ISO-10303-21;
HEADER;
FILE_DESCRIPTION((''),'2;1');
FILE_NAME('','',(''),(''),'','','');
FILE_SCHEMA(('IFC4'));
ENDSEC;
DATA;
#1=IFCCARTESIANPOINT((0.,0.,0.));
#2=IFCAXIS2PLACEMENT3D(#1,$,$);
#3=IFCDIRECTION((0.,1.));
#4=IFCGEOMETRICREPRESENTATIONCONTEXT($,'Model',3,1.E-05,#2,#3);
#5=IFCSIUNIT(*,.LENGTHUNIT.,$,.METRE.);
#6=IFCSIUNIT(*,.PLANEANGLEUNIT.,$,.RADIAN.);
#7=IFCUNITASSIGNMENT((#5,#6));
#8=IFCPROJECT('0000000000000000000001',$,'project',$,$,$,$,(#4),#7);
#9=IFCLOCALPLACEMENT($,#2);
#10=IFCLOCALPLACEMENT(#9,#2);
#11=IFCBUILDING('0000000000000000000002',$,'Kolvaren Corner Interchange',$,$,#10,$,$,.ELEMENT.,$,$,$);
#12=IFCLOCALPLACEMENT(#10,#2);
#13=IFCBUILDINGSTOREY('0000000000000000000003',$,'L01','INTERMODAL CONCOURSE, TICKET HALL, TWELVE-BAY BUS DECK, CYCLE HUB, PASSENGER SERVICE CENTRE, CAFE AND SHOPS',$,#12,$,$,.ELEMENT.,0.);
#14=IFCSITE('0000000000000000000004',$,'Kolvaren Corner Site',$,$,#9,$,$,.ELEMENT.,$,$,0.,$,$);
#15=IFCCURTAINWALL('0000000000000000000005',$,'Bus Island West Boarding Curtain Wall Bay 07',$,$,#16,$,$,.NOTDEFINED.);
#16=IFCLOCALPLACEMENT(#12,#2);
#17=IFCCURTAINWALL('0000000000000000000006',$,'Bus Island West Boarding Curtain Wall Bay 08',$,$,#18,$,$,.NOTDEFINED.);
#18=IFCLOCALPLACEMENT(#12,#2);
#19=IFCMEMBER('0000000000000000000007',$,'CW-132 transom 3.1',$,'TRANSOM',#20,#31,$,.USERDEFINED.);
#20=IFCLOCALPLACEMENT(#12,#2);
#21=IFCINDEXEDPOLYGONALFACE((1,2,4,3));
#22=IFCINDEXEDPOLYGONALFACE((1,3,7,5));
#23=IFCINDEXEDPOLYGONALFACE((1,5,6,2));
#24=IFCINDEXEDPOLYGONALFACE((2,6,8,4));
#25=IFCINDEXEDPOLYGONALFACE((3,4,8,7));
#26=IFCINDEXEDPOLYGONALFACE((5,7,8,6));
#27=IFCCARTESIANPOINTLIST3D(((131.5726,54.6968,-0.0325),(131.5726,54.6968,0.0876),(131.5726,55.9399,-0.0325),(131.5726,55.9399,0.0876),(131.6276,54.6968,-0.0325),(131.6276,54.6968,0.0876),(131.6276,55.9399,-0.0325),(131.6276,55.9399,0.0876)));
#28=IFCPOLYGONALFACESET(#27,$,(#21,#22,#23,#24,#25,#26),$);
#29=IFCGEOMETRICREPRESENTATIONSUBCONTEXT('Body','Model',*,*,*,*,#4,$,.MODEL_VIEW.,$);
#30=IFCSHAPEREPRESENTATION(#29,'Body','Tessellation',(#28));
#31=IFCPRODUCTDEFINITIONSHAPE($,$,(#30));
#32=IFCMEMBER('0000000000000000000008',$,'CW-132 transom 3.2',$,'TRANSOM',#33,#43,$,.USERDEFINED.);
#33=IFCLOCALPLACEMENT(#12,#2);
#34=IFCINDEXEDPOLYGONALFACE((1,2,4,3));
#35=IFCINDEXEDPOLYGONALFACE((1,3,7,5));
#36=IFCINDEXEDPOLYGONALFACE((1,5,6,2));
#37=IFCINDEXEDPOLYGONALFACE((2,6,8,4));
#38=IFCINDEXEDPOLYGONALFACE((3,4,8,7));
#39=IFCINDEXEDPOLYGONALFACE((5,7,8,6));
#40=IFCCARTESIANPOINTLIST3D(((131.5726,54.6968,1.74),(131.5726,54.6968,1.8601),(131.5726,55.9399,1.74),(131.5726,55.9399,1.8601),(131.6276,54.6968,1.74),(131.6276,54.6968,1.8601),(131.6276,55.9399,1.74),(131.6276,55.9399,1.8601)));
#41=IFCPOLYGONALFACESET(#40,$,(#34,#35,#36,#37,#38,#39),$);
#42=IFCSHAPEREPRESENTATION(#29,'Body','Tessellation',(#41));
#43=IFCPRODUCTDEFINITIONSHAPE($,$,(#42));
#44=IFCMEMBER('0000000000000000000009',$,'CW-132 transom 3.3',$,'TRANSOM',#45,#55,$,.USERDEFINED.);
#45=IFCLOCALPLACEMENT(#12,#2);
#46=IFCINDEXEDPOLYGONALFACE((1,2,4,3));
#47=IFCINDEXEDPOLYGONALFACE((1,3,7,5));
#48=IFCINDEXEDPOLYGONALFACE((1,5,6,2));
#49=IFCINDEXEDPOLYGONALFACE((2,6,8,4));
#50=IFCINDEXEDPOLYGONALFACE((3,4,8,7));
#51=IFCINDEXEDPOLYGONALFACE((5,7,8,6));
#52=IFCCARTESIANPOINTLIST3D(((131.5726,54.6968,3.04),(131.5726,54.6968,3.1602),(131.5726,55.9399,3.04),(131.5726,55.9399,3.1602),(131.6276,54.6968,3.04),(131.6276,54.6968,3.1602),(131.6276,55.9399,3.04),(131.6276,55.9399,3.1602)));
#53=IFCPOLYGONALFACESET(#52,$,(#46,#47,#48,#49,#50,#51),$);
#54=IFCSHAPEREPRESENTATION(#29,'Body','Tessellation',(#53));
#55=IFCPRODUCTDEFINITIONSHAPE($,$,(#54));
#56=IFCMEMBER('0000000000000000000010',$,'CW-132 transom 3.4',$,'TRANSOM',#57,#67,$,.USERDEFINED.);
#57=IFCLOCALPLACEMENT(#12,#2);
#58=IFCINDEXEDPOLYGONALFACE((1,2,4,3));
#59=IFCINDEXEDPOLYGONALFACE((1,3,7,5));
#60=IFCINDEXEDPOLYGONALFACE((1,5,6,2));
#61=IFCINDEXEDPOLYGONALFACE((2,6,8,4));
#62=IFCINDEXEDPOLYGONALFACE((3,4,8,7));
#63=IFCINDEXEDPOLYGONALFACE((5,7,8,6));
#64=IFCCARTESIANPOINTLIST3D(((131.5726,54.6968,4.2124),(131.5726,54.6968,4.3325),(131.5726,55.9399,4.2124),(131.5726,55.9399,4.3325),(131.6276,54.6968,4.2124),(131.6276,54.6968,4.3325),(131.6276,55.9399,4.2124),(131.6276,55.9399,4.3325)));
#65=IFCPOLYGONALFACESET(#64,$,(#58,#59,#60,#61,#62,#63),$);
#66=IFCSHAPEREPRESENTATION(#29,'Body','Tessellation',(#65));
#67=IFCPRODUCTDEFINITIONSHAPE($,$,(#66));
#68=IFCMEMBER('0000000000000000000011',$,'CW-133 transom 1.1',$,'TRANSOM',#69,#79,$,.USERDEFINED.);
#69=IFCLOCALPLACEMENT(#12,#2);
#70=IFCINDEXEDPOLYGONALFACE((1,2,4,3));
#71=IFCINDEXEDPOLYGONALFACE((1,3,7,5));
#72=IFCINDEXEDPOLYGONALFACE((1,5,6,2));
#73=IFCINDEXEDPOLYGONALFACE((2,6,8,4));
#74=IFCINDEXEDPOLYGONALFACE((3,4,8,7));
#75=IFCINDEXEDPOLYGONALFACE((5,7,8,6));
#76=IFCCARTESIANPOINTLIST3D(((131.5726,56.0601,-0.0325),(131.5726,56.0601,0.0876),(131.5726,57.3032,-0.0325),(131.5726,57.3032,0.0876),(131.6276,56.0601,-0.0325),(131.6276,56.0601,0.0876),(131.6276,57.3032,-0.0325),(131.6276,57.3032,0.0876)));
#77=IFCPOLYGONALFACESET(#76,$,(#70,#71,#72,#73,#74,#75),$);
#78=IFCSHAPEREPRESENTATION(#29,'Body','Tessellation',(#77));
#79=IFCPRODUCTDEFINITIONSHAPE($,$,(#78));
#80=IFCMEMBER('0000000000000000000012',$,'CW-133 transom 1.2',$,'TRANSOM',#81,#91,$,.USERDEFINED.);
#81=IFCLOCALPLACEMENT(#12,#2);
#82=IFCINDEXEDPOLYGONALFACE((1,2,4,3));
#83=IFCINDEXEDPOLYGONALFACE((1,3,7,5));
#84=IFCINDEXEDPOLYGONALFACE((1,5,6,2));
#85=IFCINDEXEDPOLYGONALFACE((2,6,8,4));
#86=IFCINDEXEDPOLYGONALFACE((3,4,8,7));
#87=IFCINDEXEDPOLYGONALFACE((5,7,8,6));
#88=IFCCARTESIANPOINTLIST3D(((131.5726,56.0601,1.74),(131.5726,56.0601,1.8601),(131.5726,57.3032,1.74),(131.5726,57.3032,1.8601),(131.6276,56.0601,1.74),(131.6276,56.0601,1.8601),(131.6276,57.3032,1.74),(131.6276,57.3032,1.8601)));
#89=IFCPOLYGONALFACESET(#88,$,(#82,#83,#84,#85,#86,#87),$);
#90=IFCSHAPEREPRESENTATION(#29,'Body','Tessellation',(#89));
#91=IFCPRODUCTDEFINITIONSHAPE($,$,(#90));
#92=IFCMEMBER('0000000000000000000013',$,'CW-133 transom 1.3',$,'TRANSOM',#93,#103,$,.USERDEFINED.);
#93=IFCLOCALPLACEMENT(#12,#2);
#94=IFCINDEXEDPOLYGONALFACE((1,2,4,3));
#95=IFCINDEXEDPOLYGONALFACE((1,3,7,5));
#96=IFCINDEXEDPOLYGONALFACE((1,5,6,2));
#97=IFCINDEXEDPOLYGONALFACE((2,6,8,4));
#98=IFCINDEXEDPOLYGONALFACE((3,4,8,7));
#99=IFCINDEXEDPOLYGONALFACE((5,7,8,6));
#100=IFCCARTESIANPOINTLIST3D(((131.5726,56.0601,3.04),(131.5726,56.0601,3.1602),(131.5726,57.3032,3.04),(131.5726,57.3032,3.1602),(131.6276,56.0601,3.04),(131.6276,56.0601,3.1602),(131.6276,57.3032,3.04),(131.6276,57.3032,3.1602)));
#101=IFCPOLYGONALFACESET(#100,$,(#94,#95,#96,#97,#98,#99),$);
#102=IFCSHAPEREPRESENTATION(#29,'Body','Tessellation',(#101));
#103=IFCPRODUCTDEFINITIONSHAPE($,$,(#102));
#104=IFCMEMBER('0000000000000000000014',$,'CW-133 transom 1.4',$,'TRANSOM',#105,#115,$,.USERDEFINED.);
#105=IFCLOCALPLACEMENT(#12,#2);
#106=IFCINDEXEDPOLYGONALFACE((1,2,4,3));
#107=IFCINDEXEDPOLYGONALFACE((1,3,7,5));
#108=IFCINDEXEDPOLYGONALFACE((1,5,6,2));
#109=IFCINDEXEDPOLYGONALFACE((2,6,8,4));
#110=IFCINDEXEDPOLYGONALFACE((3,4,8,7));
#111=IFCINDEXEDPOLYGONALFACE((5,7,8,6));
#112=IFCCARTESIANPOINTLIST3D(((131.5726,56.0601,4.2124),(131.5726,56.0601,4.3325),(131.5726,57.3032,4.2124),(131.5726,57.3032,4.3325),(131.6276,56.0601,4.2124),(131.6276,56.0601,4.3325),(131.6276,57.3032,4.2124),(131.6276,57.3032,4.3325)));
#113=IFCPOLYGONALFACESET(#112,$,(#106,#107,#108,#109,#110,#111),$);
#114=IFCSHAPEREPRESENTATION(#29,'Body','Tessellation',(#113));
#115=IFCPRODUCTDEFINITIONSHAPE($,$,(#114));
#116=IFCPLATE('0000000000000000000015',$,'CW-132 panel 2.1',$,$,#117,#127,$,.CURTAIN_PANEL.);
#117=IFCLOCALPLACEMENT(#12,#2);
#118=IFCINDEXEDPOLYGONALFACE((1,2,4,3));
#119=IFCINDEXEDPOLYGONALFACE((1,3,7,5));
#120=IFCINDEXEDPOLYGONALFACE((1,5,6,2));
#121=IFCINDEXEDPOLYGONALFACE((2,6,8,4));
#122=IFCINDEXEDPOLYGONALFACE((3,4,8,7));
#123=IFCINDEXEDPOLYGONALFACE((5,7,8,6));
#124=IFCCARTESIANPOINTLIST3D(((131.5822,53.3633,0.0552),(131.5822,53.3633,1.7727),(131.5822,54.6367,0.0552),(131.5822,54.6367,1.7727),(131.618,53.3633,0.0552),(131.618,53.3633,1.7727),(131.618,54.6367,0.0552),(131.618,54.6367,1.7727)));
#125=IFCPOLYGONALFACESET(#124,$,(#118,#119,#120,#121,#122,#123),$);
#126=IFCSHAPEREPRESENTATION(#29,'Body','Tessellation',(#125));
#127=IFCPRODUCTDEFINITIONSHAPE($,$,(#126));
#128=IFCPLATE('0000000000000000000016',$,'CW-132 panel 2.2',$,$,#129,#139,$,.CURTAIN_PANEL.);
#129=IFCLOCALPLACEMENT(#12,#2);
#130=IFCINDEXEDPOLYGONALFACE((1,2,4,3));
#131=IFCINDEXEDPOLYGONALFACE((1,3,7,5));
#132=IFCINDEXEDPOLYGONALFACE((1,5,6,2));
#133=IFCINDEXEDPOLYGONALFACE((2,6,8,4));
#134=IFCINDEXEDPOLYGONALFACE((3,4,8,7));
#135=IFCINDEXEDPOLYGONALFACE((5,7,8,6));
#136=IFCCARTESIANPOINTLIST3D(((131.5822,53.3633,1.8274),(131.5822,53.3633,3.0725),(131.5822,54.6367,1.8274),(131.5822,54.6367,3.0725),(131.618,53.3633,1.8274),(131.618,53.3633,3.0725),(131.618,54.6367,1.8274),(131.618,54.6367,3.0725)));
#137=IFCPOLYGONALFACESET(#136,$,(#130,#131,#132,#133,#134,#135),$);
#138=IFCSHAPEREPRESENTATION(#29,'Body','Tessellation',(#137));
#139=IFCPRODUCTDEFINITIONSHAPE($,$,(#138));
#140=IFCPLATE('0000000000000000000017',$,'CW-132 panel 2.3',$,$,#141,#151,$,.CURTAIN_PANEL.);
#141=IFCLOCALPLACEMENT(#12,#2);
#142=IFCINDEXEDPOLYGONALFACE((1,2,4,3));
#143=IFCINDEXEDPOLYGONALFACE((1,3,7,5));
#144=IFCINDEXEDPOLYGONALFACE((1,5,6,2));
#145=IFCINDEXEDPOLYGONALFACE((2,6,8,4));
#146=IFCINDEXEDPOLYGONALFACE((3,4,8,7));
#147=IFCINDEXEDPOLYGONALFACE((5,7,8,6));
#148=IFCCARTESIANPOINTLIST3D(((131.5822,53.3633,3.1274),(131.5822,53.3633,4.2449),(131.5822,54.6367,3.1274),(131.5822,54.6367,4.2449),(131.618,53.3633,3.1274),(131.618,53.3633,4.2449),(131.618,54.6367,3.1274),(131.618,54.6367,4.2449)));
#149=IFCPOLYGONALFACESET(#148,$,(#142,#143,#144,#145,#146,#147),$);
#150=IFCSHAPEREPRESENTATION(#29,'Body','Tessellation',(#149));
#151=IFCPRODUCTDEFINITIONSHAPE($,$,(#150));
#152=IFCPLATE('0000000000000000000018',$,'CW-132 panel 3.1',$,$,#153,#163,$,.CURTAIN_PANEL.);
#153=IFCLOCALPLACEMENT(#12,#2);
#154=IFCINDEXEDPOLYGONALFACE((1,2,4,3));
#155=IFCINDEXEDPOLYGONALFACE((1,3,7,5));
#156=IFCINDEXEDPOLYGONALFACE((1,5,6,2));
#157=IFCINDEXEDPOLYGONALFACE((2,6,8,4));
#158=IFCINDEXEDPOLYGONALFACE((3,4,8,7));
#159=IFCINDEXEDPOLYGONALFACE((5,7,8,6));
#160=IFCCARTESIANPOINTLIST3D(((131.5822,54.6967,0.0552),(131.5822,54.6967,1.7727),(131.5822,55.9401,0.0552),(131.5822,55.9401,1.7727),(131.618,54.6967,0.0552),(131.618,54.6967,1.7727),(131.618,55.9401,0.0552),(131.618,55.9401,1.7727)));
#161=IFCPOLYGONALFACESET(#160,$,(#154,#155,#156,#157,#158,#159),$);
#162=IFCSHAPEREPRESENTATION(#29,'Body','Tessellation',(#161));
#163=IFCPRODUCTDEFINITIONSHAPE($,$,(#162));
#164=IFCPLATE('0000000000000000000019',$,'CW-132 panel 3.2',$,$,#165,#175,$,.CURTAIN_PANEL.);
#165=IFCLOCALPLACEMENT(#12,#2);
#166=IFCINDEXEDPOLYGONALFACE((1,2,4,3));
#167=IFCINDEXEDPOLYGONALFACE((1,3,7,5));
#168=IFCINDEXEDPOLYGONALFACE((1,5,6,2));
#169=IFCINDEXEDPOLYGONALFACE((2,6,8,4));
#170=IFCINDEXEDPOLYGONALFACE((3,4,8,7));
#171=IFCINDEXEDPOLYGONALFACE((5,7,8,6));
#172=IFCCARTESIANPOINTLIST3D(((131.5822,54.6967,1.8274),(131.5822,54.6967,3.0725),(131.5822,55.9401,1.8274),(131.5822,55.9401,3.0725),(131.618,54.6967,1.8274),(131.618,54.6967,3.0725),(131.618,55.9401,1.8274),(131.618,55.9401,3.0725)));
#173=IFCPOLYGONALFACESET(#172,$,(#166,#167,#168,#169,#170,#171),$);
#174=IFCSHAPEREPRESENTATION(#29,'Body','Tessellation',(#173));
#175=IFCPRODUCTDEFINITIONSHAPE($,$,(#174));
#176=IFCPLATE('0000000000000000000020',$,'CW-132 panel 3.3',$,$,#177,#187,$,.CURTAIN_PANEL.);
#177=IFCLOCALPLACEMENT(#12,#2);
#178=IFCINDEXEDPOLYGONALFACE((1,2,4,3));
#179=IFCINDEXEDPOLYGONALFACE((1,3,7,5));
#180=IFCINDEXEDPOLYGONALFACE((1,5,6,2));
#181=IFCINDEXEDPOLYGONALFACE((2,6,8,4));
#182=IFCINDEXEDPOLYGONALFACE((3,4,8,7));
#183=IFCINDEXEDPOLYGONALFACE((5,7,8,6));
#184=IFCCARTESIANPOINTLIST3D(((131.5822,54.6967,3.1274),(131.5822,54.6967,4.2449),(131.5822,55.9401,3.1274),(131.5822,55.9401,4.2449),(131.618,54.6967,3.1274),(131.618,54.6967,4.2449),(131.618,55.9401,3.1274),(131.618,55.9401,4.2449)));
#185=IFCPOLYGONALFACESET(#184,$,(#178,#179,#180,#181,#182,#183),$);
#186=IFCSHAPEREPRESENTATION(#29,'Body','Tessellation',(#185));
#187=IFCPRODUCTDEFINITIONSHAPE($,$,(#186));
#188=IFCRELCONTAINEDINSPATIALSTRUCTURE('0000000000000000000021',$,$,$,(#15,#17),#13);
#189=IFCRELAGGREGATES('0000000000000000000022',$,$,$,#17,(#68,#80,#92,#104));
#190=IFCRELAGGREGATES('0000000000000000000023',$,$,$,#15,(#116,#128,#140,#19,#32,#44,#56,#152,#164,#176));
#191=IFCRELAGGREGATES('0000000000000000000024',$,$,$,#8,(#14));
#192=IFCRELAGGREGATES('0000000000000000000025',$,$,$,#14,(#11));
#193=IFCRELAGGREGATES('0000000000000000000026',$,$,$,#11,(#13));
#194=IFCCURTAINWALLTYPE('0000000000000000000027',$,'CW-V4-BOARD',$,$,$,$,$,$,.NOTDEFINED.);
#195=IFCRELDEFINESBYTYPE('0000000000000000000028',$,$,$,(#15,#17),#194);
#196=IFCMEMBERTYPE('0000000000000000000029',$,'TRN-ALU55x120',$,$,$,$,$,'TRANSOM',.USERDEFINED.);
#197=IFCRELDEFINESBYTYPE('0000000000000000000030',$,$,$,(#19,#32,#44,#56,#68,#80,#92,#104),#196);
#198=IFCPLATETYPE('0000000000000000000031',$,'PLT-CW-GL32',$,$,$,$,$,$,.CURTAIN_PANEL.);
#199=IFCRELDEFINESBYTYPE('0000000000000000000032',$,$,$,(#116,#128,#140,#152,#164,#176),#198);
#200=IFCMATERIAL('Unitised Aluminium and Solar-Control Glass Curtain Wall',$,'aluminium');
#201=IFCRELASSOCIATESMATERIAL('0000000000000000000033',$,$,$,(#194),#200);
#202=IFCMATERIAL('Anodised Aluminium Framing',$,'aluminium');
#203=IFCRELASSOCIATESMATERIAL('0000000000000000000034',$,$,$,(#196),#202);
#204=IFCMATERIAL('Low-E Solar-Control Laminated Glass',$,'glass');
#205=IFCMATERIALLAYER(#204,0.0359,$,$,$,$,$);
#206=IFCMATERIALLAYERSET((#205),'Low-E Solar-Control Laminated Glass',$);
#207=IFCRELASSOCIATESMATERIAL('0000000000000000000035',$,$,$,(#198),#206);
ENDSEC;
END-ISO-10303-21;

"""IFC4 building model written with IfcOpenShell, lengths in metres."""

from ifc_helpers import new_model, si_unit, direction, frame, origin, origin_2d, place, context, subcontext, project, spatial, rectangle, extrude, material, layer, layer_set, material_profile, profile_set, type_object, element, aggregate, save


model = new_model("IFC4")

# Units and contexts
model_context = context("Model", 3, precision=1e-05, world=origin(), true_north=direction((0.0, 1.0)))
body_context = subcontext(model_context, "Body", "Model", "MODEL_VIEW")
ifc_project = project(units=[si_unit("LENGTHUNIT", "METRE"), si_unit("PLANEANGLEUNIT", "RADIAN")], contexts=[model_context])

# Site, building, storey
site_placement = place(None, origin())
site = spatial("IfcSite", under=ifc_project, at=site_placement, Name="Kolvaren Corner Site", CompositionType="ELEMENT", RefElevation=0.0)
building_placement = place(site_placement, origin())
building = spatial("IfcBuilding", under=site, at=building_placement, Name="Kolvaren Corner Interchange", CompositionType="ELEMENT")
storey_placement = place(building_placement, origin())
storey = spatial("IfcBuildingStorey", under=building, at=storey_placement, Name="L01", Description="INTERMODAL CONCOURSE, TICKET HALL, TWELVE-BAY BUS DECK, CYCLE HUB, PASSENGER SERVICE CENTRE, CAFE AND SHOPS", CompositionType="ELEMENT", Elevation=0.0)

# Curtain wall
ifc_material_1 = material(Name="Unitised Aluminium and Solar-Control Glass Curtain Wall", Category="aluminium")
curtain_wall_type = type_object("IfcCurtainWallType", Name="CW-V4-BOARD", PredefinedType="NOTDEFINED", material=ifc_material_1)
curtain_wall_1_placement = place(storey_placement, origin())
curtain_wall_1 = element("IfcCurtainWall", 1, at=curtain_wall_1_placement, inside=storey, type_object=curtain_wall_type, Name="Bus Island West Boarding Curtain Wall Bay 07", PredefinedType="NOTDEFINED")

# Curtain wall
curtain_wall_2_placement = place(storey_placement, origin())
curtain_wall_2 = element("IfcCurtainWall", 2, at=curtain_wall_2_placement, inside=storey, type_object=curtain_wall_type, Name="Bus Island West Boarding Curtain Wall Bay 08", PredefinedType="NOTDEFINED")

# Members
ifc_material_2 = material(Name="Anodised Aluminium Framing", Category="aluminium")
ifc_material_profile_1 = material_profile(ifc_material_2, rectangle(XDim=0.0549, YDim=0.1201, at=origin_2d()), Name="ALU 55x120")
ifc_profile_set_1 = profile_set([ifc_material_profile_1], Name="Anodised Aluminium Framing")
member_type_1 = type_object("IfcMemberType", Name="TRN-ALU55x120", ElementType="TRANSOM", PredefinedType="USERDEFINED", material=ifc_profile_set_1)
member_1_placement = place(storey_placement, frame((131.6001, 54.6968, 0.0276), z_axis=(0.0, 1.0, 0.0), x_axis=(-1.0, 0.0, 0.0)))
member_1 = element("IfcMember", 3, at=member_1_placement, type_object=member_type_1, Name="CW-132 transom 3.1", ObjectType="TRANSOM", PredefinedType="USERDEFINED", context=body_context, shape_type="SweptSolid", body=[
    extrude(rectangle(XDim=0.0549, YDim=0.1201, at=origin_2d()), origin(), (0.0, 0.0, 1.0), 1.2432),
])
member_2_placement = place(storey_placement, frame((131.6001, 54.6968, 1.8), z_axis=(0.0, 1.0, 0.0), x_axis=(-1.0, 0.0, 0.0)))
member_2 = element("IfcMember", 4, at=member_2_placement, type_object=member_type_1, Name="CW-132 transom 3.2", ObjectType="TRANSOM", PredefinedType="USERDEFINED", context=body_context, shape_type="SweptSolid", body=[
    extrude(rectangle(XDim=0.0549, YDim=0.1201, at=origin_2d()), origin(), (0.0, 0.0, 1.0), 1.2432),
])
member_3_placement = place(storey_placement, frame((131.6001, 54.6968, 3.1001), z_axis=(0.0, 1.0, 0.0), x_axis=(-1.0, 0.0, 0.0)))
member_3 = element("IfcMember", 5, at=member_3_placement, type_object=member_type_1, Name="CW-132 transom 3.3", ObjectType="TRANSOM", PredefinedType="USERDEFINED", context=body_context, shape_type="SweptSolid", body=[
    extrude(rectangle(XDim=0.0549, YDim=0.1201, at=origin_2d()), origin(), (0.0, 0.0, 1.0), 1.2432),
])
member_4_placement = place(storey_placement, frame((131.6001, 54.6968, 4.2725), z_axis=(0.0, 1.0, 0.0), x_axis=(-1.0, 0.0, 0.0)))
member_4 = element("IfcMember", 6, at=member_4_placement, type_object=member_type_1, Name="CW-132 transom 3.4", ObjectType="TRANSOM", PredefinedType="USERDEFINED", context=body_context, shape_type="SweptSolid", body=[
    extrude(rectangle(XDim=0.0549, YDim=0.1201, at=origin_2d()), origin(), (0.0, 0.0, 1.0), 1.2432),
])
member_5_placement = place(storey_placement, frame((131.6001, 56.0601, 0.0276), z_axis=(0.0, 1.0, 0.0), x_axis=(-1.0, 0.0, 0.0)))
member_5 = element("IfcMember", 7, at=member_5_placement, type_object=member_type_1, Name="CW-133 transom 1.1", ObjectType="TRANSOM", PredefinedType="USERDEFINED", context=body_context, shape_type="SweptSolid", body=[
    extrude(rectangle(XDim=0.0549, YDim=0.1201, at=origin_2d()), origin(), (0.0, 0.0, 1.0), 1.2432),
])
member_6_placement = place(storey_placement, frame((131.6001, 56.0601, 1.8), z_axis=(0.0, 1.0, 0.0), x_axis=(-1.0, 0.0, 0.0)))
member_6 = element("IfcMember", 8, at=member_6_placement, type_object=member_type_1, Name="CW-133 transom 1.2", ObjectType="TRANSOM", PredefinedType="USERDEFINED", context=body_context, shape_type="SweptSolid", body=[
    extrude(rectangle(XDim=0.0549, YDim=0.1201, at=origin_2d()), origin(), (0.0, 0.0, 1.0), 1.2432),
])
member_7_placement = place(storey_placement, frame((131.6001, 56.0601, 3.1001), z_axis=(0.0, 1.0, 0.0), x_axis=(-1.0, 0.0, 0.0)))
member_7 = element("IfcMember", 9, at=member_7_placement, type_object=member_type_1, Name="CW-133 transom 1.3", ObjectType="TRANSOM", PredefinedType="USERDEFINED", context=body_context, shape_type="SweptSolid", body=[
    extrude(rectangle(XDim=0.0549, YDim=0.1201, at=origin_2d()), origin(), (0.0, 0.0, 1.0), 1.2432),
])
member_8_placement = place(storey_placement, frame((131.6001, 56.0601, 4.2725), z_axis=(0.0, 1.0, 0.0), x_axis=(-1.0, 0.0, 0.0)))
member_8 = element("IfcMember", 10, at=member_8_placement, type_object=member_type_1, Name="CW-133 transom 1.4", ObjectType="TRANSOM", PredefinedType="USERDEFINED", context=body_context, shape_type="SweptSolid", body=[
    extrude(rectangle(XDim=0.0549, YDim=0.1201, at=origin_2d()), origin(), (0.0, 0.0, 1.0), 1.2432),
])
aggregate(curtain_wall_2, [member_5, member_6, member_7, member_8])

# Plates
ifc_material_3 = material(Name="Low-E Solar-Control Laminated Glass", Category="glass")
ifc_layer_1 = layer(ifc_material_3, 0.0359)
ifc_layer_set_1 = layer_set([ifc_layer_1], Name="Low-E Solar-Control Laminated Glass")
plate_type = type_object("IfcPlateType", Name="PLT-CW-GL32", PredefinedType="CURTAIN_PANEL", material=ifc_layer_set_1)
plate_1_placement = place(storey_placement, frame((131.6001, 54.0, 0.0552), z_axis=(0.0, 0.0, 1.0), x_axis=(0.0, 1.0, 0.0)))
plate_1 = element("IfcPlate", 11, at=plate_1_placement, type_object=plate_type, Name="CW-132 panel 2.1", PredefinedType="CURTAIN_PANEL", context=body_context, shape_type="SweptSolid", body=[
    extrude(rectangle(XDim=1.2734, YDim=0.0359, at=origin_2d()), origin(), (0.0, 0.0, 1.0), 1.7175),
])
plate_2_placement = place(storey_placement, frame((131.6001, 54.0, 1.8274), z_axis=(0.0, 0.0, 1.0), x_axis=(0.0, 1.0, 0.0)))
plate_2 = element("IfcPlate", 12, at=plate_2_placement, type_object=plate_type, Name="CW-132 panel 2.2", PredefinedType="CURTAIN_PANEL", context=body_context, shape_type="SweptSolid", body=[
    extrude(rectangle(XDim=1.2734, YDim=0.0359, at=origin_2d()), origin(), (0.0, 0.0, 1.0), 1.2451),
])
plate_3_placement = place(storey_placement, frame((131.6001, 54.0, 3.1274), z_axis=(0.0, 0.0, 1.0), x_axis=(0.0, 1.0, 0.0)))
plate_3 = element("IfcPlate", 13, at=plate_3_placement, type_object=plate_type, Name="CW-132 panel 2.3", PredefinedType="CURTAIN_PANEL", context=body_context, shape_type="SweptSolid", body=[
    extrude(rectangle(XDim=1.2734, YDim=0.0359, at=origin_2d()), origin(), (0.0, 0.0, 1.0), 1.1174),
])
plate_4_placement = place(storey_placement, frame((131.6001, 55.3184, 0.0552), z_axis=(0.0, 0.0, 1.0), x_axis=(0.0, 1.0, 0.0)))
plate_4 = element("IfcPlate", 14, at=plate_4_placement, type_object=plate_type, Name="CW-132 panel 3.1", PredefinedType="CURTAIN_PANEL", context=body_context, shape_type="SweptSolid", body=[
    extrude(rectangle(XDim=1.2434, YDim=0.0359, at=origin_2d()), origin(), (0.0, 0.0, 1.0), 1.7175),
])
plate_5_placement = place(storey_placement, frame((131.6001, 55.3184, 1.8274), z_axis=(0.0, 0.0, 1.0), x_axis=(0.0, 1.0, 0.0)))
plate_5 = element("IfcPlate", 15, at=plate_5_placement, type_object=plate_type, Name="CW-132 panel 3.2", PredefinedType="CURTAIN_PANEL", context=body_context, shape_type="SweptSolid", body=[
    extrude(rectangle(XDim=1.2434, YDim=0.0359, at=origin_2d()), origin(), (0.0, 0.0, 1.0), 1.2451),
])
plate_6_placement = place(storey_placement, frame((131.6001, 55.3184, 3.1274), z_axis=(0.0, 0.0, 1.0), x_axis=(0.0, 1.0, 0.0)))
plate_6 = element("IfcPlate", 16, at=plate_6_placement, type_object=plate_type, Name="CW-132 panel 3.3", PredefinedType="CURTAIN_PANEL", context=body_context, shape_type="SweptSolid", body=[
    extrude(rectangle(XDim=1.2434, YDim=0.0359, at=origin_2d()), origin(), (0.0, 0.0, 1.0), 1.1174),
])
aggregate(curtain_wall_1, [plate_1, plate_2, plate_3, member_1, member_2, member_3, member_4, plate_4, plate_5, plate_6])

save(model, "model.ifc")
